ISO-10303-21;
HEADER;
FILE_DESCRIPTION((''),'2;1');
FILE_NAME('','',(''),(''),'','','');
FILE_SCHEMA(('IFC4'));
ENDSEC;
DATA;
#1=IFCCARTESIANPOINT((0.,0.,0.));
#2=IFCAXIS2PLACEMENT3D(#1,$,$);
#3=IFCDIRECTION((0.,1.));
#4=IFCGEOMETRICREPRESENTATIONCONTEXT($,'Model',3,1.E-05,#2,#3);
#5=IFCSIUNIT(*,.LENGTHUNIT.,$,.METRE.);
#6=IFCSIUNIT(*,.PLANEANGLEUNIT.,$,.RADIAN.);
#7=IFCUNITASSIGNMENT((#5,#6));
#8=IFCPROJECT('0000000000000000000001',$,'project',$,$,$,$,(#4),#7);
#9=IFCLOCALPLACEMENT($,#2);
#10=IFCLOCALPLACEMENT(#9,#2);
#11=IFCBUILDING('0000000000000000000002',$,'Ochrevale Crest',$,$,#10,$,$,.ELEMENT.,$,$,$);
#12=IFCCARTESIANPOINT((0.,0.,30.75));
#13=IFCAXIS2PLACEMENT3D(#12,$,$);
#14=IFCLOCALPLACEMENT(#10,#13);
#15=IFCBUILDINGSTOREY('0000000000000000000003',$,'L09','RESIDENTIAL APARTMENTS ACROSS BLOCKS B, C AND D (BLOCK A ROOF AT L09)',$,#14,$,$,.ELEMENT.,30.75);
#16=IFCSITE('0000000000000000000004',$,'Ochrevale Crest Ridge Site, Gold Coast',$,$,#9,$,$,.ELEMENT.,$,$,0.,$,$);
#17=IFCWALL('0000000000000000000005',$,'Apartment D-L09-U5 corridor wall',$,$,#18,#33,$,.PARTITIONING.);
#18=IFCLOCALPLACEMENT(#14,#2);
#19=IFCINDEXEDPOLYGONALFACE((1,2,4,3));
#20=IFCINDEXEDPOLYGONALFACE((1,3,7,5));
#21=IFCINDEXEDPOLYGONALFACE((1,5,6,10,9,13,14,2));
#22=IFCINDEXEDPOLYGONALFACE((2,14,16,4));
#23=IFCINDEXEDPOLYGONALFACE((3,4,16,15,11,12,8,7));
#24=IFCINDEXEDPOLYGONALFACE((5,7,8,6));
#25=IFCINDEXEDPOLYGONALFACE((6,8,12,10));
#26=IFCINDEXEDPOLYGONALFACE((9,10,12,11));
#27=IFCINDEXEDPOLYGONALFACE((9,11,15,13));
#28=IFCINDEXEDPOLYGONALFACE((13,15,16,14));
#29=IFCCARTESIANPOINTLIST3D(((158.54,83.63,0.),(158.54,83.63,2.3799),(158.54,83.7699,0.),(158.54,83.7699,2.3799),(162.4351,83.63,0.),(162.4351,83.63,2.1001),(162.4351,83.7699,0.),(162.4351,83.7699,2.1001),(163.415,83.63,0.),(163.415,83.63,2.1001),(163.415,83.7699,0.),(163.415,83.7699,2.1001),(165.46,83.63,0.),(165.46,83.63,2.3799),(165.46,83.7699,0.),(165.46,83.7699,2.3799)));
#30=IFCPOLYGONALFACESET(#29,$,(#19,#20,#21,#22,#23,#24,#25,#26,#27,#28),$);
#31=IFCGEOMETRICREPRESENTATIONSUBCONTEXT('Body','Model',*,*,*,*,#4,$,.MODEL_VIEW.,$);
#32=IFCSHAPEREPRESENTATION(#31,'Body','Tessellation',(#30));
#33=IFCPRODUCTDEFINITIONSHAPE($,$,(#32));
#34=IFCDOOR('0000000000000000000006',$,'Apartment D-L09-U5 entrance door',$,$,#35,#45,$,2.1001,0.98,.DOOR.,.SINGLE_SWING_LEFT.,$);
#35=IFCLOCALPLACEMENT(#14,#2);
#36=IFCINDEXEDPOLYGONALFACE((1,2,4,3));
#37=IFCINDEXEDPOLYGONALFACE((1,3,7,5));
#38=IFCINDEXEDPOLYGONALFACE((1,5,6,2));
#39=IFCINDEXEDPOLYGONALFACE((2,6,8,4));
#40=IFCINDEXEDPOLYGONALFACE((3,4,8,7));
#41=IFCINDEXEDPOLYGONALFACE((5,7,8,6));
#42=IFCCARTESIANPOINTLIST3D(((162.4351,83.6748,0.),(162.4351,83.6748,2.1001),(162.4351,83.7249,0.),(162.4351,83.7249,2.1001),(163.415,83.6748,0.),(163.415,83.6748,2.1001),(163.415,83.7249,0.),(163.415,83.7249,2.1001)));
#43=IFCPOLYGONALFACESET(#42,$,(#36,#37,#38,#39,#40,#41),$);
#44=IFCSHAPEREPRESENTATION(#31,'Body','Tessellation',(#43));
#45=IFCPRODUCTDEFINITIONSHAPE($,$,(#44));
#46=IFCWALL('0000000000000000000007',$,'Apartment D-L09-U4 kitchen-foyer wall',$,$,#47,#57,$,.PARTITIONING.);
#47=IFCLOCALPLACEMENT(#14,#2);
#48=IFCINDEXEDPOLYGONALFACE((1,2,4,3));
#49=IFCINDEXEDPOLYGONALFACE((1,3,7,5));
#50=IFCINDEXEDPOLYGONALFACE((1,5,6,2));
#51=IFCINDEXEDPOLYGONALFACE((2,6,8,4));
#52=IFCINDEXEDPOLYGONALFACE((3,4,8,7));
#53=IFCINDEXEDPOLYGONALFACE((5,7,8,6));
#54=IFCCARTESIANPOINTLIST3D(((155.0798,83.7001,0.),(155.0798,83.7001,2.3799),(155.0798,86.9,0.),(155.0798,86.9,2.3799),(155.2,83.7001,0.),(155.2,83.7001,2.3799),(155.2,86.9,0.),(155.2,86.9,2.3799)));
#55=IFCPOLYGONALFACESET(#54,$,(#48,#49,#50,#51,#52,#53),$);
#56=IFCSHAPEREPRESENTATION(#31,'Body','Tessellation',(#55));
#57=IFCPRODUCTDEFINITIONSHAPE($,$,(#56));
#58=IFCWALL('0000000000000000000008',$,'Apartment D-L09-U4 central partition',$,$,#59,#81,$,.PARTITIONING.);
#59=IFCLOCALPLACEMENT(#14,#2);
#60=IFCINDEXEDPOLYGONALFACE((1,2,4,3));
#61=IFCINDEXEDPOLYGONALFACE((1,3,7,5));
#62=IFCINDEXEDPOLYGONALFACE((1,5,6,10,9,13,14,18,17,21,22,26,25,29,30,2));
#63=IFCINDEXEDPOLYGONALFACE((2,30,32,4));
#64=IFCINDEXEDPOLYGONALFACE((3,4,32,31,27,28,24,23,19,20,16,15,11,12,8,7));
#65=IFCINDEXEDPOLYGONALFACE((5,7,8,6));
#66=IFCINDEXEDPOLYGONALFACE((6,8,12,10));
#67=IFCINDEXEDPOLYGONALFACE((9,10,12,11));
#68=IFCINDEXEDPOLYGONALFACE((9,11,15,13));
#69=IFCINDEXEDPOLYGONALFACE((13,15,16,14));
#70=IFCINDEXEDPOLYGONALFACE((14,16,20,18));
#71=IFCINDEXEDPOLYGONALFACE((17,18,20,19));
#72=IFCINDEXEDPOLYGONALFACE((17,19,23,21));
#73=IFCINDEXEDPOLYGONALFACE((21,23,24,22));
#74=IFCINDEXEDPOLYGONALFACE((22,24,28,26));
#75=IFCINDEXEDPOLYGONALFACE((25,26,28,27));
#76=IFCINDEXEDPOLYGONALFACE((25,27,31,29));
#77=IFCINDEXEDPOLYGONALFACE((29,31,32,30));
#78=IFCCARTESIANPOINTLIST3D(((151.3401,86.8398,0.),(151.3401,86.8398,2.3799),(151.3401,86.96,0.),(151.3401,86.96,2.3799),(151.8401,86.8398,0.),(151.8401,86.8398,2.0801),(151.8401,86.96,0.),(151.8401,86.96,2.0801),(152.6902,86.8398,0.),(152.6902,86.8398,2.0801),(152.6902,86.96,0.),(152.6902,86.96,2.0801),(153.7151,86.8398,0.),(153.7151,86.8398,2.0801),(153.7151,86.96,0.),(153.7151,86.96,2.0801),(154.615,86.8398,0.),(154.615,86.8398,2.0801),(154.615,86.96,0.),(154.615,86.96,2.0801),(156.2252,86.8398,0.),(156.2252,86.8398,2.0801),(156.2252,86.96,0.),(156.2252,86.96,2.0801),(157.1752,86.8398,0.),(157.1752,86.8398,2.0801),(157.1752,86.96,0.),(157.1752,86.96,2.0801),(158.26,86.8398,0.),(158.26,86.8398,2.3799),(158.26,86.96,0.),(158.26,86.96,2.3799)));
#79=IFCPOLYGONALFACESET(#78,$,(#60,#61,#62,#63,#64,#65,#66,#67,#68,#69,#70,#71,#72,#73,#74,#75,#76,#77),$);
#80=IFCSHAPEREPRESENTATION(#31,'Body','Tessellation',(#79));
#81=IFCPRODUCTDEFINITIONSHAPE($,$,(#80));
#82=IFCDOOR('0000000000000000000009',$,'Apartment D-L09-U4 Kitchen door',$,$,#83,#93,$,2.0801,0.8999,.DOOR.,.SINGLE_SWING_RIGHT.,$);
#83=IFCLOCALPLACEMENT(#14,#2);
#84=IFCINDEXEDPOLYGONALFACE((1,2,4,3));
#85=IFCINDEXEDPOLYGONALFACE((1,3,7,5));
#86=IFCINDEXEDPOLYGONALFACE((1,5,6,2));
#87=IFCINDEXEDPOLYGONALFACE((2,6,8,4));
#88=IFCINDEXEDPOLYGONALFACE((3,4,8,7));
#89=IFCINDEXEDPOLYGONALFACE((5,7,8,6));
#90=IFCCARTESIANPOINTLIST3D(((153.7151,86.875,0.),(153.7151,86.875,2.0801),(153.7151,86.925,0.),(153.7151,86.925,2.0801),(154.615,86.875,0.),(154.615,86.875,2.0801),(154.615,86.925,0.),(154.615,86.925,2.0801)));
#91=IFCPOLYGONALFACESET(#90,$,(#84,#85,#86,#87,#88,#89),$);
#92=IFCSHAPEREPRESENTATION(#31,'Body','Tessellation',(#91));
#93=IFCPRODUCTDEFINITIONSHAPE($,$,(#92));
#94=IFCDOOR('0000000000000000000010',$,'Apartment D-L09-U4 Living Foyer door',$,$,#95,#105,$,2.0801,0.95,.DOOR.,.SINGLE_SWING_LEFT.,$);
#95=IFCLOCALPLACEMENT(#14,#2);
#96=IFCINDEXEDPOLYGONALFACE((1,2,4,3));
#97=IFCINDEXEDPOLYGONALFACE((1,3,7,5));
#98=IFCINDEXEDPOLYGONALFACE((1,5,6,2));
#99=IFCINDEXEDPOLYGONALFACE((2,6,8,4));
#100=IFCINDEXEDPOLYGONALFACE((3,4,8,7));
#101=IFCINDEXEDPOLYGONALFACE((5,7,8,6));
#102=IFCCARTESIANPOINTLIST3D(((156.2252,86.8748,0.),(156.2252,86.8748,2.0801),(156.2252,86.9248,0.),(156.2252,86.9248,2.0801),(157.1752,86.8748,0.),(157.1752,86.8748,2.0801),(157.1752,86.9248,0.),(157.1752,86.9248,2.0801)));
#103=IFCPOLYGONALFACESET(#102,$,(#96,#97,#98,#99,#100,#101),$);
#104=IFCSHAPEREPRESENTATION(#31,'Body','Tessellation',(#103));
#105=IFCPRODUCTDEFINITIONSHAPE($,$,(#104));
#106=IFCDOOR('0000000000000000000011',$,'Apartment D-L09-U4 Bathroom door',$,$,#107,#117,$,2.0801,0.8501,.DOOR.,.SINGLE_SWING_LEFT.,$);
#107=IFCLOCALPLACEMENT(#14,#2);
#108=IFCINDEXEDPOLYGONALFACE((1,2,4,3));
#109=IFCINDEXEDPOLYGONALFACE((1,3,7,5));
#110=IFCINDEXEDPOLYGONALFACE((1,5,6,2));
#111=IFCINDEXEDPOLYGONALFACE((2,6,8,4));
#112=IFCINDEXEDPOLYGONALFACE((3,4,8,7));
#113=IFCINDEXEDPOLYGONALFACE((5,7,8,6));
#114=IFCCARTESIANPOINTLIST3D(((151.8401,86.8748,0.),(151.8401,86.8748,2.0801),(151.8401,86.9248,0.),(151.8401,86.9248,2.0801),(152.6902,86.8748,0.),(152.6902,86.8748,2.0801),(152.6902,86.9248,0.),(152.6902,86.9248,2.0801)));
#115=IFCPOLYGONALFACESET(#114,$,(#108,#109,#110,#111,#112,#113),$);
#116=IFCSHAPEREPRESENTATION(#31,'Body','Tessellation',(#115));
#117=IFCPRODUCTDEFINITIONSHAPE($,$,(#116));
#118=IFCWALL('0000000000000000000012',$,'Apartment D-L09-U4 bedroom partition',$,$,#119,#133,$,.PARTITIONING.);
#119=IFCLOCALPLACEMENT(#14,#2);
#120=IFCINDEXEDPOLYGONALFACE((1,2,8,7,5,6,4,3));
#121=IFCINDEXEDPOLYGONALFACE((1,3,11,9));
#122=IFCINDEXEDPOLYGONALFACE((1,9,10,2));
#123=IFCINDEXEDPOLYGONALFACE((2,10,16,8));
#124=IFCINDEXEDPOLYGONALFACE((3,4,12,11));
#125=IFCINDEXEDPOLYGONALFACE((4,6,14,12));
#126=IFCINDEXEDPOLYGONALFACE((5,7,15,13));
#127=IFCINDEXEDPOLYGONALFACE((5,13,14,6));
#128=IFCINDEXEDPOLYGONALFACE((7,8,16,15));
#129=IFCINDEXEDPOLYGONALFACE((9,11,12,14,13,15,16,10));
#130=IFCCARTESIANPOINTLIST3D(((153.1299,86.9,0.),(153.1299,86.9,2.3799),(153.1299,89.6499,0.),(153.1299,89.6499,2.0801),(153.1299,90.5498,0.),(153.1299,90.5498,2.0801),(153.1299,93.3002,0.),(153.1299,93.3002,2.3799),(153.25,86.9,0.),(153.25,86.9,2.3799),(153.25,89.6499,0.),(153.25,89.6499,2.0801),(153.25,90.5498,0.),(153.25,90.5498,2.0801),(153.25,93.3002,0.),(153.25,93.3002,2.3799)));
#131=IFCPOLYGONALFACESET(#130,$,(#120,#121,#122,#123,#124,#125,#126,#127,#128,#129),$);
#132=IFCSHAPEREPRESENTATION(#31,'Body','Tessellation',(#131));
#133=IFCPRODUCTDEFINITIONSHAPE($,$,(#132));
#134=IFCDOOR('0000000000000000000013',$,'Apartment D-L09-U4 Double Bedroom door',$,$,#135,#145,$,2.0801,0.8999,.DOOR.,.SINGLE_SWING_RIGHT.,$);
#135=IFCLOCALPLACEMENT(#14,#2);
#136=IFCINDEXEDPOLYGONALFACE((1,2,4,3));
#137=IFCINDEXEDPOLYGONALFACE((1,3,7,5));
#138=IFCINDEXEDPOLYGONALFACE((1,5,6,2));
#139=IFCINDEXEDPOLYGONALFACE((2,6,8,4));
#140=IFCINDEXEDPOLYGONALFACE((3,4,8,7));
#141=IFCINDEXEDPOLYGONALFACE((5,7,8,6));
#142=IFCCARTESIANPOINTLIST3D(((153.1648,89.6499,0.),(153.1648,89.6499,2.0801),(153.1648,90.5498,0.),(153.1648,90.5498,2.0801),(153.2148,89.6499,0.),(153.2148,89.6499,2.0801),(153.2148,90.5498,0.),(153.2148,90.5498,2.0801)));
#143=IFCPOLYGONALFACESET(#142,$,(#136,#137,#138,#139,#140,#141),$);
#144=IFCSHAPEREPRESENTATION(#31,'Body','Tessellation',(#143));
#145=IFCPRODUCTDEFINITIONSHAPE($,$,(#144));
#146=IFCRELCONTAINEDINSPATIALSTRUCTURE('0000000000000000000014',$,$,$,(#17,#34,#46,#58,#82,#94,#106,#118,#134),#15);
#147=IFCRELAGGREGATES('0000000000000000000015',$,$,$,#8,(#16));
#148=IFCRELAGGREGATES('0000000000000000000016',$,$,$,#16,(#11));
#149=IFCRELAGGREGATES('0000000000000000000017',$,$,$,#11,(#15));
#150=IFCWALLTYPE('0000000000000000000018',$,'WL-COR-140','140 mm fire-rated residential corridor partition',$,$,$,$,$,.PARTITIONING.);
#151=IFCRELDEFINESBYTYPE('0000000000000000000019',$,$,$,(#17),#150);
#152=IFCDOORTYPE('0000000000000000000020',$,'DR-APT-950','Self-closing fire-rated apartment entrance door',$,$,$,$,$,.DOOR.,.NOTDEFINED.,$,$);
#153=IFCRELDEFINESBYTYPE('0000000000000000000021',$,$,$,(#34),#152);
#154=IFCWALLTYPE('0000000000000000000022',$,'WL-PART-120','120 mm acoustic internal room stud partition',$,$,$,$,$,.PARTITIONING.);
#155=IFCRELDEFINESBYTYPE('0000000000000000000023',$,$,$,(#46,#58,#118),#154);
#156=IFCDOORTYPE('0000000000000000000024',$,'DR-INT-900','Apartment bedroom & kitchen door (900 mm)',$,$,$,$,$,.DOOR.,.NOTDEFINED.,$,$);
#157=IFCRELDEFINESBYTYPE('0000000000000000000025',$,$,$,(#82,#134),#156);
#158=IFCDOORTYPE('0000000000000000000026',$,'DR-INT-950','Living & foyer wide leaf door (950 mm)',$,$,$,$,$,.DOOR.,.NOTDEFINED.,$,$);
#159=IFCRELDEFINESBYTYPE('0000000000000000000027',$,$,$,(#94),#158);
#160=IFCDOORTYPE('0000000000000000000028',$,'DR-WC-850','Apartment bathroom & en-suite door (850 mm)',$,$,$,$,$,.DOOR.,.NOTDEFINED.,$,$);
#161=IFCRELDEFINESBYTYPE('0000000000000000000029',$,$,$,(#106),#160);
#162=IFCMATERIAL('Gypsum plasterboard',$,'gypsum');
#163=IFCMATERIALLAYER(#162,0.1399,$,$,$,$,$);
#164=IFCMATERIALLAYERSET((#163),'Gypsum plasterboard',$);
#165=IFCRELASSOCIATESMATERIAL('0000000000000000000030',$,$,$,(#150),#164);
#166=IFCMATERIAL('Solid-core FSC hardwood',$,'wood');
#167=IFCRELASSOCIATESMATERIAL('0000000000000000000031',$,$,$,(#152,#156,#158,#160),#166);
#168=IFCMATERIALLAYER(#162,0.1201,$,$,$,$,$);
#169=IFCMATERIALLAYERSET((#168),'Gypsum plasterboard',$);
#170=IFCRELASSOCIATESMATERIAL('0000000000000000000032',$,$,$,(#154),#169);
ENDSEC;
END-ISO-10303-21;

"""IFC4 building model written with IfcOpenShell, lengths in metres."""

from ifc_helpers import new_model, si_unit, direction, frame, frame_2d, origin, place, context, subcontext, project, spatial, rectangle, extrude, material, layer, layer_set, type_object, element, fill, save


model = new_model("IFC4")

# Units and contexts
model_context = context("Model", 3, precision=1e-05, world=origin(), true_north=direction((0.0, 1.0)))
body_context = subcontext(model_context, "Body", "Model", "MODEL_VIEW")
ifc_project = project(units=[si_unit("LENGTHUNIT", "METRE"), si_unit("PLANEANGLEUNIT", "RADIAN")], contexts=[model_context])

# Site, building, storey
site_placement = place(None, origin())
site = spatial("IfcSite", under=ifc_project, at=site_placement, Name="Ochrevale Crest Ridge Site, Gold Coast", CompositionType="ELEMENT", RefElevation=0.0)
building_placement = place(site_placement, origin())
building = spatial("IfcBuilding", under=site, at=building_placement, Name="Ochrevale Crest", CompositionType="ELEMENT")
storey_placement = place(building_placement, frame((0.0, 0.0, 30.75)))
storey = spatial("IfcBuildingStorey", under=building, at=storey_placement, Name="L09", Description="RESIDENTIAL APARTMENTS ACROSS BLOCKS B, C AND D (BLOCK A ROOF AT L09)", CompositionType="ELEMENT", Elevation=30.75)

# Wall, opening, door
ifc_material_1 = material(Name="Gypsum plasterboard", Category="gypsum")
ifc_layer_1 = layer(ifc_material_1, 0.1399)
ifc_layer_set_1 = layer_set([ifc_layer_1], Name="Gypsum plasterboard")
wall_type_1 = type_object("IfcWallType", Name="WL-COR-140", Description="140 mm fire-rated residential corridor partition", PredefinedType="PARTITIONING", material=ifc_layer_set_1)
ifc_material_2 = material(Name="Solid-core FSC hardwood", Category="wood")
door_type_1 = type_object("IfcDoorType", Name="DR-APT-950", Description="Self-closing fire-rated apartment entrance door", OperationType="NOTDEFINED", PredefinedType="DOOR", material=ifc_material_2)
wall_1_placement = place(storey_placement, frame((158.54, 83.7, 0.0), z_axis=(0.0, 0.0, 1.0), x_axis=(1.0, 0.0, 0.0)))
wall_1 = element("IfcWall", 1, at=wall_1_placement, inside=storey, type_object=wall_type_1, Name="Apartment D-L09-U5 corridor wall", PredefinedType="PARTITIONING", context=body_context, shape_type="SweptSolid", body=[
    extrude(rectangle(XDim=6.9199, YDim=0.1399, at=frame_2d((3.46, 0.0))), origin(), (0.0, 0.0, 1.0), 2.3799),
])
opening_1_placement = place(wall_1_placement, frame((3.895, 0.0, 0.0)))
opening_1 = element("IfcOpeningElement", 2, at=opening_1_placement, cuts=wall_1, PredefinedType="OPENING", context=body_context, shape_type="SweptSolid", body=[
    extrude(rectangle(XDim=0.98, YDim=2.1001, at=frame_2d((0.49, 1.05))), frame((0.0, 0.0801, 0.0), z_axis=(0.0, -1.0, 0.0), x_axis=(1.0, 0.0, 0.0)), (0.0, 0.0, 1.0), 0.1599),
])
door_1_placement = place(opening_1_placement, origin())
door_1 = element("IfcDoor", 3, at=door_1_placement, inside=storey, type_object=door_type_1, Name="Apartment D-L09-U5 entrance door", OperationType="SINGLE_SWING_LEFT", OverallHeight=2.1001, OverallWidth=0.98, PredefinedType="DOOR", context=body_context, shape_type="SweptSolid", body=[
    extrude(rectangle(XDim=0.98, YDim=2.1001, at=frame_2d((0.49, 1.05))), frame((0.0, 0.0249, 0.0), z_axis=(0.0, -1.0, 0.0), x_axis=(1.0, 0.0, 0.0)), (0.0, 0.0, 1.0), 0.05),
])
fill(opening_1, door_1)

# Wall
ifc_layer_2 = layer(ifc_material_1, 0.1201)
ifc_layer_set_2 = layer_set([ifc_layer_2], Name="Gypsum plasterboard")
wall_type_2 = type_object("IfcWallType", Name="WL-PART-120", Description="120 mm acoustic internal room stud partition", PredefinedType="PARTITIONING", material=ifc_layer_set_2)
wall_2_placement = place(storey_placement, frame((155.1399, 83.7, 0.0), z_axis=(0.0, 0.0, 1.0), x_axis=(0.0, 1.0, 0.0)))
element("IfcWall", 4, at=wall_2_placement, inside=storey, type_object=wall_type_2, Name="Apartment D-L09-U4 kitchen-foyer wall", PredefinedType="PARTITIONING", context=body_context, shape_type="SweptSolid", body=[
    extrude(rectangle(XDim=3.2, YDim=0.1201, at=frame_2d((1.6001, 0.0))), origin(), (0.0, 0.0, 1.0), 2.3799),
])

# Wall, openings, doors
wall_3_placement = place(storey_placement, frame((151.3401, 86.8999, 0.0), z_axis=(0.0, 0.0, 1.0), x_axis=(1.0, 0.0, 0.0)))
wall_3 = element("IfcWall", 5, at=wall_3_placement, inside=storey, type_object=wall_type_2, Name="Apartment D-L09-U4 central partition", PredefinedType="PARTITIONING", context=body_context, shape_type="SweptSolid", body=[
    extrude(rectangle(XDim=6.9199, YDim=0.1201, at=frame_2d((3.46, 0.0))), origin(), (0.0, 0.0, 1.0), 2.3799),
])
opening_2_placement = place(wall_3_placement, frame((0.5, 0.0, 0.0)))
opening_2 = element("IfcOpeningElement", 6, at=opening_2_placement, cuts=wall_3, PredefinedType="OPENING", context=body_context, shape_type="SweptSolid", body=[
    extrude(rectangle(XDim=0.8501, YDim=2.0801, at=frame_2d((0.425, 1.04))), frame((0.0, 0.0701, 0.0), z_axis=(0.0, -1.0, 0.0), x_axis=(1.0, 0.0, 0.0)), (0.0, 0.0, 1.0), 0.1401),
])
opening_3_placement = place(wall_3_placement, frame((3.2749, 0.0, 0.0), z_axis=(0.0, 0.0, 1.0), x_axis=(-1.0, 0.0, 0.0)))
opening_3 = element("IfcOpeningElement", 7, at=opening_3_placement, cuts=wall_3, PredefinedType="OPENING", context=body_context, shape_type="SweptSolid", body=[
    extrude(rectangle(XDim=0.8999, YDim=2.0801, at=frame_2d((0.45, 1.04))), frame((0.0, 0.0701, 0.0), z_axis=(0.0, -1.0, 0.0), x_axis=(1.0, 0.0, 0.0)), (0.0, 0.0, 1.0), 0.1401),
])
opening_4_placement = place(wall_3_placement, frame((4.885, 0.0, 0.0)))
opening_4 = element("IfcOpeningElement", 8, at=opening_4_placement, cuts=wall_3, PredefinedType="OPENING", context=body_context, shape_type="SweptSolid", body=[
    extrude(rectangle(XDim=0.95, YDim=2.0801, at=frame_2d((0.4751, 1.04))), frame((0.0, 0.0701, 0.0), z_axis=(0.0, -1.0, 0.0), x_axis=(1.0, 0.0, 0.0)), (0.0, 0.0, 1.0), 0.1401),
])
door_type_2 = type_object("IfcDoorType", Name="DR-INT-900", Description="Apartment bedroom & kitchen door (900 mm)", OperationType="NOTDEFINED", PredefinedType="DOOR", material=ifc_material_2)
door_2_placement = place(opening_3_placement, origin())
door_2 = element("IfcDoor", 9, at=door_2_placement, inside=storey, type_object=door_type_2, Name="Apartment D-L09-U4 Kitchen door", OperationType="SINGLE_SWING_RIGHT", OverallHeight=2.0801, OverallWidth=0.8999, PredefinedType="DOOR", context=body_context, shape_type="SweptSolid", body=[
    extrude(rectangle(XDim=0.8999, YDim=2.0801, at=frame_2d((0.45, 1.04))), frame((0.0, 0.0249, 0.0), z_axis=(0.0, -1.0, 0.0), x_axis=(1.0, 0.0, 0.0)), (0.0, 0.0, 1.0), 0.05),
])
fill(opening_3, door_2)
door_type_3 = type_object("IfcDoorType", Name="DR-INT-950", Description="Living & foyer wide leaf door (950 mm)", OperationType="NOTDEFINED", PredefinedType="DOOR", material=ifc_material_2)
door_3_placement = place(opening_4_placement, origin())
door_3 = element("IfcDoor", 10, at=door_3_placement, inside=storey, type_object=door_type_3, Name="Apartment D-L09-U4 Living Foyer door", OperationType="SINGLE_SWING_LEFT", OverallHeight=2.0801, OverallWidth=0.95, PredefinedType="DOOR", context=body_context, shape_type="SweptSolid", body=[
    extrude(rectangle(XDim=0.95, YDim=2.0801, at=frame_2d((0.4751, 1.04))), frame((0.0, 0.0249, 0.0), z_axis=(0.0, -1.0, 0.0), x_axis=(1.0, 0.0, 0.0)), (0.0, 0.0, 1.0), 0.05),
])
fill(opening_4, door_3)
door_type_4 = type_object("IfcDoorType", Name="DR-WC-850", Description="Apartment bathroom & en-suite door (850 mm)", OperationType="NOTDEFINED", PredefinedType="DOOR", material=ifc_material_2)
door_4_placement = place(opening_2_placement, origin())
door_4 = element("IfcDoor", 11, at=door_4_placement, inside=storey, type_object=door_type_4, Name="Apartment D-L09-U4 Bathroom door", OperationType="SINGLE_SWING_LEFT", OverallHeight=2.0801, OverallWidth=0.8501, PredefinedType="DOOR", context=body_context, shape_type="SweptSolid", body=[
    extrude(rectangle(XDim=0.8501, YDim=2.0801, at=frame_2d((0.425, 1.04))), frame((0.0, 0.0249, 0.0), z_axis=(0.0, -1.0, 0.0), x_axis=(1.0, 0.0, 0.0)), (0.0, 0.0, 1.0), 0.05),
])
fill(opening_2, door_4)

# Wall, opening, door
wall_4_placement = place(storey_placement, frame((153.1899, 86.8999, 0.0), z_axis=(0.0, 0.0, 1.0), x_axis=(0.0, 1.0, 0.0)))
wall_4 = element("IfcWall", 12, at=wall_4_placement, inside=storey, type_object=wall_type_2, Name="Apartment D-L09-U4 bedroom partition", PredefinedType="PARTITIONING", context=body_context, shape_type="SweptSolid", body=[
    extrude(rectangle(XDim=6.4001, YDim=0.1201, at=frame_2d((3.2002, 0.0))), origin(), (0.0, 0.0, 1.0), 2.3799),
])
opening_5_placement = place(wall_4_placement, frame((3.6499, 0.0, 0.0), z_axis=(0.0, 0.0, 1.0), x_axis=(-1.0, 0.0, 0.0)))
opening_5 = element("IfcOpeningElement", 13, at=opening_5_placement, cuts=wall_4, PredefinedType="OPENING", context=body_context, shape_type="SweptSolid", body=[
    extrude(rectangle(XDim=0.8999, YDim=2.0801, at=frame_2d((0.45, 1.04))), frame((0.0, 0.0701, 0.0), z_axis=(0.0, -1.0, 0.0), x_axis=(1.0, 0.0, 0.0)), (0.0, 0.0, 1.0), 0.1401),
])
door_5_placement = place(opening_5_placement, origin())
door_5 = element("IfcDoor", 14, at=door_5_placement, inside=storey, type_object=door_type_2, Name="Apartment D-L09-U4 Double Bedroom door", OperationType="SINGLE_SWING_RIGHT", OverallHeight=2.0801, OverallWidth=0.8999, PredefinedType="DOOR", context=body_context, shape_type="SweptSolid", body=[
    extrude(rectangle(XDim=0.8999, YDim=2.0801, at=frame_2d((0.45, 1.04))), frame((0.0, 0.0249, 0.0), z_axis=(0.0, -1.0, 0.0), x_axis=(1.0, 0.0, 0.0)), (0.0, 0.0, 1.0), 0.05),
])
fill(opening_5, door_5)

save(model, "model.ifc")
